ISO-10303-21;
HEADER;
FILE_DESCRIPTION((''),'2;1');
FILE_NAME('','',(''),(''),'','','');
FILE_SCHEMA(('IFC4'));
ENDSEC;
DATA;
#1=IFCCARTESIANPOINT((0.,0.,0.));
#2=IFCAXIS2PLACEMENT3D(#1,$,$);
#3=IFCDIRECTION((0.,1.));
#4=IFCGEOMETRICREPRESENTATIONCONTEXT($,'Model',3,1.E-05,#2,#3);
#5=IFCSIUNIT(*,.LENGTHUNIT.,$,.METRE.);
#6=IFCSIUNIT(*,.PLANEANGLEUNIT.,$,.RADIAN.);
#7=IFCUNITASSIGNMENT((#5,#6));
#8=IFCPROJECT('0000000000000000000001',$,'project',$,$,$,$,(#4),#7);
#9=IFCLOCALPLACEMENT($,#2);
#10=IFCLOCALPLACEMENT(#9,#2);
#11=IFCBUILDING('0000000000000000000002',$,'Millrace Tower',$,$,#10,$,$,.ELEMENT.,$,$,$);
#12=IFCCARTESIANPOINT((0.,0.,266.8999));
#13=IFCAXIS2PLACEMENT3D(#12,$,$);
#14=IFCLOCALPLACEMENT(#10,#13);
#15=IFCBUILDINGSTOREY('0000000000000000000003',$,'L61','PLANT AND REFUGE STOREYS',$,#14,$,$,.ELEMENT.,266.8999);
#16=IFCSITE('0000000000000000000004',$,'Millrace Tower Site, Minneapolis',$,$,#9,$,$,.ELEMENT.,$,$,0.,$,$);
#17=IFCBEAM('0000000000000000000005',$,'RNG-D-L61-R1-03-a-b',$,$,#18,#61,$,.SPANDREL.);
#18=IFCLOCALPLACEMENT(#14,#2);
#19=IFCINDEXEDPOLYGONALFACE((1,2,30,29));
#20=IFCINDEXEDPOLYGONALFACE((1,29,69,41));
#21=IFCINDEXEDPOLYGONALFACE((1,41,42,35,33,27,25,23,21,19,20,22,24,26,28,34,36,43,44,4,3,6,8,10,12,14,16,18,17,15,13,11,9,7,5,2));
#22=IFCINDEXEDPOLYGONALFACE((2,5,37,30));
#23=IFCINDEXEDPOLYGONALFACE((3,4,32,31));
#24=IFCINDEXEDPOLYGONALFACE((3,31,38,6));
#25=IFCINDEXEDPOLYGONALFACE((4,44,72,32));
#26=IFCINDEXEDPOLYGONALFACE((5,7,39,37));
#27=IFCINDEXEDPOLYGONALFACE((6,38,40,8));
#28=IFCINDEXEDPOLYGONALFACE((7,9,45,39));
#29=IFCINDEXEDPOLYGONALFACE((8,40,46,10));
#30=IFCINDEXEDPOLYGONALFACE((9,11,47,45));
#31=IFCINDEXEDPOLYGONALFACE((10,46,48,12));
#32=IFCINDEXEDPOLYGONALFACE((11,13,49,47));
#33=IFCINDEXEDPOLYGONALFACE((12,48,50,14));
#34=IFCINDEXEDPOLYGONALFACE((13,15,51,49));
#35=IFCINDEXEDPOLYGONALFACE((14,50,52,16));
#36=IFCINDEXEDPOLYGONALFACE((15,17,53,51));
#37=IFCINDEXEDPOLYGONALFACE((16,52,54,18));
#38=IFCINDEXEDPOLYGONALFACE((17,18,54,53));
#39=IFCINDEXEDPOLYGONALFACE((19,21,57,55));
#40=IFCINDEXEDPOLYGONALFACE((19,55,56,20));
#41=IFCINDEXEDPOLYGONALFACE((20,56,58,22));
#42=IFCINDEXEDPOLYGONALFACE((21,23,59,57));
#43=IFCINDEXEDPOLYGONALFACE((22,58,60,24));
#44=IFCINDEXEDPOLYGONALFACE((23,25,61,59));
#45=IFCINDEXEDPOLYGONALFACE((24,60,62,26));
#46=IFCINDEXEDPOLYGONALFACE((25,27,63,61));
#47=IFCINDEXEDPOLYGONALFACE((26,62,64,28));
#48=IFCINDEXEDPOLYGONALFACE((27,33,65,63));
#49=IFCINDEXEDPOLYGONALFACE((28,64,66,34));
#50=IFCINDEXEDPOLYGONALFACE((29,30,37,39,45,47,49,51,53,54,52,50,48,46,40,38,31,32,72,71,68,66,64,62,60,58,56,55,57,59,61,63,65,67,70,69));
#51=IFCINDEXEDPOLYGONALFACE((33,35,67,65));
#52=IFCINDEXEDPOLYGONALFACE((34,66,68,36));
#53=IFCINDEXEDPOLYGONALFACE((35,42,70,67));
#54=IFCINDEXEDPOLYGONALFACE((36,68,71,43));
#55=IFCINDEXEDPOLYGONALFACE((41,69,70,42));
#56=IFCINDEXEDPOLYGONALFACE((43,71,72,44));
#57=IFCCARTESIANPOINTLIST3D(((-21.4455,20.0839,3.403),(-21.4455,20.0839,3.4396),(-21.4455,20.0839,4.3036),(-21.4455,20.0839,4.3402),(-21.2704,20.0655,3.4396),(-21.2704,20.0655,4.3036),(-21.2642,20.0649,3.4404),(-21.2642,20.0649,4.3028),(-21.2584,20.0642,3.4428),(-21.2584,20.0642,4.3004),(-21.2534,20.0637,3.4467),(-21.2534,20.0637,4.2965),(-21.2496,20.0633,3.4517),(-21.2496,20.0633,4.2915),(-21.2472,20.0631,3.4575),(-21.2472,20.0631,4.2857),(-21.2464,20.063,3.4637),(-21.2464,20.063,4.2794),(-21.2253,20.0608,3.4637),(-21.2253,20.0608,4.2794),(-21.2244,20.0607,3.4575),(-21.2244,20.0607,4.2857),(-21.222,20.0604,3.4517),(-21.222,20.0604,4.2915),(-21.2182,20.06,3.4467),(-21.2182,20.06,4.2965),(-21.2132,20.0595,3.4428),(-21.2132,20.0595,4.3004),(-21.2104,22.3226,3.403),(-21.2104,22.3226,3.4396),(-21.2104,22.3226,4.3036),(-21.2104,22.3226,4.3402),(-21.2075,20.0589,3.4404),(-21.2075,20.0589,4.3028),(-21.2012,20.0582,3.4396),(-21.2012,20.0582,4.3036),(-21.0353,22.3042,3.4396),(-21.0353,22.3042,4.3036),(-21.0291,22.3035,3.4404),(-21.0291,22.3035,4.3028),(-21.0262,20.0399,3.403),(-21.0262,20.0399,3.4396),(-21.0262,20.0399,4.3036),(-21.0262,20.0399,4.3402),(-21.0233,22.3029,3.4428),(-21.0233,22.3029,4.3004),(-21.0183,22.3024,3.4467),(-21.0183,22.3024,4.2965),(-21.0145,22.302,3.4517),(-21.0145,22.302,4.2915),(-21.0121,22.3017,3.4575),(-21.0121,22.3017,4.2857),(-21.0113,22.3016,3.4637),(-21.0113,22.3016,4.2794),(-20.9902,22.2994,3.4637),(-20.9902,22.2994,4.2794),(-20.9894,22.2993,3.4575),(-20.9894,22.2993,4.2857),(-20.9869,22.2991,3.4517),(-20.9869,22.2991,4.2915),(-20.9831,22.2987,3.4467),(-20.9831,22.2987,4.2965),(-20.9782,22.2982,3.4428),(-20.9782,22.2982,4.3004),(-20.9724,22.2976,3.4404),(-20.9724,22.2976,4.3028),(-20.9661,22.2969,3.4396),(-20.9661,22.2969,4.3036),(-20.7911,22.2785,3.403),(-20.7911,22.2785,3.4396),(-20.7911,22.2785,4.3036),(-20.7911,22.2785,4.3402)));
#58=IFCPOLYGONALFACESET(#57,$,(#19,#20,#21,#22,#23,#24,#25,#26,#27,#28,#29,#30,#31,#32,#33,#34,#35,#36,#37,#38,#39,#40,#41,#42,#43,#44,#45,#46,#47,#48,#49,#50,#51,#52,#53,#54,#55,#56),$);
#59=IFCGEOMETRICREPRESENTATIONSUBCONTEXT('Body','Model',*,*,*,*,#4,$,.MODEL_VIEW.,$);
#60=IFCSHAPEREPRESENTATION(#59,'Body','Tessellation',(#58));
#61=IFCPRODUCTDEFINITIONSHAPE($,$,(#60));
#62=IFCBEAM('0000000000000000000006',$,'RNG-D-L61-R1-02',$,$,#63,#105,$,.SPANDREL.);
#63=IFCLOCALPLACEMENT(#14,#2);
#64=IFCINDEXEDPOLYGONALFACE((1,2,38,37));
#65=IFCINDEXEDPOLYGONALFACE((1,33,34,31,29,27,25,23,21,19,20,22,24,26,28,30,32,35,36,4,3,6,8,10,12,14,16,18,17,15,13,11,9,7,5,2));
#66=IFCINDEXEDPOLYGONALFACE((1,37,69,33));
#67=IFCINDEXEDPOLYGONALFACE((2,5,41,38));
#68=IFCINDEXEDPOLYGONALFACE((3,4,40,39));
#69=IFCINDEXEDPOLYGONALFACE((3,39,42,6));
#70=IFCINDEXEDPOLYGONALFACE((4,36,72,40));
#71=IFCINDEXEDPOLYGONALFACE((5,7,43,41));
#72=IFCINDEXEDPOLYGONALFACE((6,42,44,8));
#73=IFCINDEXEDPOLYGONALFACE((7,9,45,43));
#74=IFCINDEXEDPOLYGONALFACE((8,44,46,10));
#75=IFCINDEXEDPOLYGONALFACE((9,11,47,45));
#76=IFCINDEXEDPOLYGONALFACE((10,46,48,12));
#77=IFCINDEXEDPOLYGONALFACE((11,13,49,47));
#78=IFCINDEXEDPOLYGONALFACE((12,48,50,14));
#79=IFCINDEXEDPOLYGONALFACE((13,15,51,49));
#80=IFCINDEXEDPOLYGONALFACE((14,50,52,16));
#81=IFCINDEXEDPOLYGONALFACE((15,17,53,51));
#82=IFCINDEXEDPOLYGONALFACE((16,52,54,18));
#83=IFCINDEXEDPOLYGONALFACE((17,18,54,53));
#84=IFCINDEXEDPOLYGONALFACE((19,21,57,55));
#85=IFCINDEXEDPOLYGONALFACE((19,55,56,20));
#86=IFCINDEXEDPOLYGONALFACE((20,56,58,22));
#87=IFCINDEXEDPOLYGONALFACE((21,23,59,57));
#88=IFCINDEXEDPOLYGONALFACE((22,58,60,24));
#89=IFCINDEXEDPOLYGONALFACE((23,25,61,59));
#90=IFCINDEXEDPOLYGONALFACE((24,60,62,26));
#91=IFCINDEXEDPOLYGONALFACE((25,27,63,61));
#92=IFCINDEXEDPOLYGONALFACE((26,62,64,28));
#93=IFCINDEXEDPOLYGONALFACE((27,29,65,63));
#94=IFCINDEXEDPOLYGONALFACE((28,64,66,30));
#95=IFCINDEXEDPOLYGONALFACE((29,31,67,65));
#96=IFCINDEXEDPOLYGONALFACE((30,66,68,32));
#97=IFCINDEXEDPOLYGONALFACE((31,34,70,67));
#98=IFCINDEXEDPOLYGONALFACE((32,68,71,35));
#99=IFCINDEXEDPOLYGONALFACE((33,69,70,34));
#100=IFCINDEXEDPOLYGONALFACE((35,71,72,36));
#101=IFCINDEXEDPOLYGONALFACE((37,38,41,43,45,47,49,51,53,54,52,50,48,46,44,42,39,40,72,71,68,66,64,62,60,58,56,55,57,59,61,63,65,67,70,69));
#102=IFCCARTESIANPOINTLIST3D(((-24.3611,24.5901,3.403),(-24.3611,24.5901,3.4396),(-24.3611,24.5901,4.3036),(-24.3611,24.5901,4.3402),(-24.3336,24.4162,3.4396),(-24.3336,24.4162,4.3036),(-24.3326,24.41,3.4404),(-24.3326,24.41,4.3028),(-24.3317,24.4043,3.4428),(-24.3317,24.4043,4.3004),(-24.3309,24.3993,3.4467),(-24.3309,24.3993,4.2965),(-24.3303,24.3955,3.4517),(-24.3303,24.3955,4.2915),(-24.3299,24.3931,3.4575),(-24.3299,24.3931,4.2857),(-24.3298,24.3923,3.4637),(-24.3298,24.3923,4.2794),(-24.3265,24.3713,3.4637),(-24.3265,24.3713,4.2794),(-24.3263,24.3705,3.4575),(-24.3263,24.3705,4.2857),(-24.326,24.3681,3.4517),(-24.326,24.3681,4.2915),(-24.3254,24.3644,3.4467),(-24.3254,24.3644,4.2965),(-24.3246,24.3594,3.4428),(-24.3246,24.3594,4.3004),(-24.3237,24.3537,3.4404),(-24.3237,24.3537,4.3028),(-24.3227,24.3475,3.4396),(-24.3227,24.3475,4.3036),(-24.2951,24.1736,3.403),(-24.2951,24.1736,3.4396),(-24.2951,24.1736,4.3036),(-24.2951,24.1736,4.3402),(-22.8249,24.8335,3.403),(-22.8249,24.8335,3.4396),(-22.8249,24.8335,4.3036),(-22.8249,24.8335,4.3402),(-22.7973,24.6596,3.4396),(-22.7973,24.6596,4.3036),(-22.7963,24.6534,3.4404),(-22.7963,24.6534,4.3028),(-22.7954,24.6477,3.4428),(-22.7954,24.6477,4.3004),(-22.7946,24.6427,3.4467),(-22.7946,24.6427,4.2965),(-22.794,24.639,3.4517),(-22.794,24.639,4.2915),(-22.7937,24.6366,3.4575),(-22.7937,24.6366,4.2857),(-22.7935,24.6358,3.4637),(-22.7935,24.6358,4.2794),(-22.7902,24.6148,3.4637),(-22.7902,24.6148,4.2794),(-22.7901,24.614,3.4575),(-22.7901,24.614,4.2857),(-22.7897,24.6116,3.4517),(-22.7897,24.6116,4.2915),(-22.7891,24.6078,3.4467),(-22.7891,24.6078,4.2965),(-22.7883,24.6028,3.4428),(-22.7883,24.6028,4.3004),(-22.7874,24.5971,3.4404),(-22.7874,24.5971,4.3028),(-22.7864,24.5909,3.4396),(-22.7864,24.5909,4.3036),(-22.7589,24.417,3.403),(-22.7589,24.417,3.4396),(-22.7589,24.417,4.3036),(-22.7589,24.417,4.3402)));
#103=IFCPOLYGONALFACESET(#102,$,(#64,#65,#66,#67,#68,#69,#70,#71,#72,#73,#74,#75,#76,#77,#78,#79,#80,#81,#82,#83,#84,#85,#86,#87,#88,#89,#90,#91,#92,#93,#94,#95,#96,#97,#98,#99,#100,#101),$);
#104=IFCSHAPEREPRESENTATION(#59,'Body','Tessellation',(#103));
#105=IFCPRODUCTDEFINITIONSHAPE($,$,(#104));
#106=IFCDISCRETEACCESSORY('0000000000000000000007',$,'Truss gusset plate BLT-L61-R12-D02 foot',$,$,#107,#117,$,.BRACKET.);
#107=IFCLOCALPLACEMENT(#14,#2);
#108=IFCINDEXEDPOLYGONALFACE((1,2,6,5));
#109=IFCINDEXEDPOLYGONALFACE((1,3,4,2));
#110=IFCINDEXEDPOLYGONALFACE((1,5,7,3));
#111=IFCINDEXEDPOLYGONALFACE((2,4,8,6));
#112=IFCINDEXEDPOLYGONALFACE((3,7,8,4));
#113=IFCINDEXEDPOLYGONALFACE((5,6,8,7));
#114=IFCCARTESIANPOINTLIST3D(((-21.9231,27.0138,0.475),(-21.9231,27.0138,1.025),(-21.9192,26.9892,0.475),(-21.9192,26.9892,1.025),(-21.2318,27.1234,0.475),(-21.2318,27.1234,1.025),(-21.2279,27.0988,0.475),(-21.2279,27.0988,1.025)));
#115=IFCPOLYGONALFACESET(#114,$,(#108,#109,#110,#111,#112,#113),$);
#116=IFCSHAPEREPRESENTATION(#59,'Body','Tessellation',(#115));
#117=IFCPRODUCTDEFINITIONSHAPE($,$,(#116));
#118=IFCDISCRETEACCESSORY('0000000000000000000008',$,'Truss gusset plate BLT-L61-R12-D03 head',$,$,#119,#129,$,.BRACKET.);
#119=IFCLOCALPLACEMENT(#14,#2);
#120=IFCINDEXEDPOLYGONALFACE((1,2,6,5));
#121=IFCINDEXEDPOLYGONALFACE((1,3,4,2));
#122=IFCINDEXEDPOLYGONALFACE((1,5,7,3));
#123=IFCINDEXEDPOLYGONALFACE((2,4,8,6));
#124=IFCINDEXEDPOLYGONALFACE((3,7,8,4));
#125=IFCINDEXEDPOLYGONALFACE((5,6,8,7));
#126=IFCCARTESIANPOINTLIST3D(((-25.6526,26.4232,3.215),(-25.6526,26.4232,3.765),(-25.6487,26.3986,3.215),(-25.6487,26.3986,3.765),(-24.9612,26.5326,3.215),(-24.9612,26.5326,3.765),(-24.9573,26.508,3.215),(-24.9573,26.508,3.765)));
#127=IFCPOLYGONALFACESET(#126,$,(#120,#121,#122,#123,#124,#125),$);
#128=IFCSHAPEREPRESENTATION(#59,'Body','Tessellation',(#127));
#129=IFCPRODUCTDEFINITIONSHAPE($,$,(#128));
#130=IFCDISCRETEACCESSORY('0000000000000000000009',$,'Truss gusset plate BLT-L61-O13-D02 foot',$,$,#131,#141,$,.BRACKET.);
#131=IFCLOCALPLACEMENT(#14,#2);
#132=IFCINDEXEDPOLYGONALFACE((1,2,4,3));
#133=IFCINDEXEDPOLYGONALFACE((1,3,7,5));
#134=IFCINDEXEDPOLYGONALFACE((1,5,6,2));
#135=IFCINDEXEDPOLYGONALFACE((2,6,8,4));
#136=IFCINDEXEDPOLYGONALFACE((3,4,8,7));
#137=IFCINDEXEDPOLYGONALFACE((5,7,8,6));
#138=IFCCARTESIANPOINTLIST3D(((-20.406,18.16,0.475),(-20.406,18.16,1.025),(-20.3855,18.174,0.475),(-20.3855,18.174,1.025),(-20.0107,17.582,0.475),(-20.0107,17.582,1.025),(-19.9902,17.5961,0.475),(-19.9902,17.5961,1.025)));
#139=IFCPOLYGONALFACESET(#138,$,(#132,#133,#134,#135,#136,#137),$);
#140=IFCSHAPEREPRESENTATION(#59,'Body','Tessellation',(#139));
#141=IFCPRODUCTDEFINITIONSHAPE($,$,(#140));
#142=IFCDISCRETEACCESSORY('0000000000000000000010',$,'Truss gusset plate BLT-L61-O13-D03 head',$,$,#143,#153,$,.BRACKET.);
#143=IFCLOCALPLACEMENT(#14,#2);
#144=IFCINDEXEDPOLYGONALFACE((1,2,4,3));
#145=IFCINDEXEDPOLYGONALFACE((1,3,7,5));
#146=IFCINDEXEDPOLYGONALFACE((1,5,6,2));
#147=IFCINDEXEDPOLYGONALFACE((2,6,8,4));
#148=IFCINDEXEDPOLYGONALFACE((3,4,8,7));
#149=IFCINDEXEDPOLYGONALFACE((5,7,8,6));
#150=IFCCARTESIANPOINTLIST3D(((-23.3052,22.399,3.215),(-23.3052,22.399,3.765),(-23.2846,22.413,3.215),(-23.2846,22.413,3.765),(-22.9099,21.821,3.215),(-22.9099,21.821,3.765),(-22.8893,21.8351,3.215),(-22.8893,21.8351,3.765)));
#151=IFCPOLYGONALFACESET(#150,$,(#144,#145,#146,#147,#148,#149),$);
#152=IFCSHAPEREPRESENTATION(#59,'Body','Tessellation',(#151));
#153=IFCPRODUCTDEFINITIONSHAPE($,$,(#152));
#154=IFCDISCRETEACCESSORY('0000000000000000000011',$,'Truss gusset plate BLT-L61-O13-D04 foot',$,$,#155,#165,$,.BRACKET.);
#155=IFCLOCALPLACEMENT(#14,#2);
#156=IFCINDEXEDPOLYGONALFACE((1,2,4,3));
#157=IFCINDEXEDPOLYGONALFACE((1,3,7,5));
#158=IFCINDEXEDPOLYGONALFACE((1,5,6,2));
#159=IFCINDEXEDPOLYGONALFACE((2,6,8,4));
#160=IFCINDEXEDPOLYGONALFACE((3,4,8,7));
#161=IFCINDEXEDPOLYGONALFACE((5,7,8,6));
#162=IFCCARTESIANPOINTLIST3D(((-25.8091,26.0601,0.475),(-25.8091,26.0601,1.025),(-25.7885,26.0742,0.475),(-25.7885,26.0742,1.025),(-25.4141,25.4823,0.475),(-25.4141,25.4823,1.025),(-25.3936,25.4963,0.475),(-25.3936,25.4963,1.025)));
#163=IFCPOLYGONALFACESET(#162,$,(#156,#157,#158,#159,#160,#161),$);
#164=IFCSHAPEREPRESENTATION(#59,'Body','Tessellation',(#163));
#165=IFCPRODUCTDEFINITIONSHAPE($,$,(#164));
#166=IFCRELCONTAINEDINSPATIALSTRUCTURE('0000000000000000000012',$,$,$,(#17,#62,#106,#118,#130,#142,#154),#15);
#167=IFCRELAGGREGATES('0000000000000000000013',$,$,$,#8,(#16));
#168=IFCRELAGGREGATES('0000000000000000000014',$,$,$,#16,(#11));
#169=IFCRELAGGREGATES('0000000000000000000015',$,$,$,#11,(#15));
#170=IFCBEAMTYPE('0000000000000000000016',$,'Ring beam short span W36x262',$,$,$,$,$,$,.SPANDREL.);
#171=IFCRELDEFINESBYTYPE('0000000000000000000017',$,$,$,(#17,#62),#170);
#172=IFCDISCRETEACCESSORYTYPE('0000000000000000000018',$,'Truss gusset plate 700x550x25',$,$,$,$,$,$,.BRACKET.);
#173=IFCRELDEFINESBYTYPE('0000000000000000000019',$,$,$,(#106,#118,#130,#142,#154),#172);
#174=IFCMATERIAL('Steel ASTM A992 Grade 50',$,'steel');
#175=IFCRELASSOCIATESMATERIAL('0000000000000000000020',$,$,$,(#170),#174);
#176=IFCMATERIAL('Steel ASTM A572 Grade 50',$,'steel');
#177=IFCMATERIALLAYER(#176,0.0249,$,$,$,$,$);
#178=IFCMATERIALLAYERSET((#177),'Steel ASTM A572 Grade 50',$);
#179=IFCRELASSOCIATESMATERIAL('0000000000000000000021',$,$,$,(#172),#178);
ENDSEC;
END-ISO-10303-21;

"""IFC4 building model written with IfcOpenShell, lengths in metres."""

from ifc_helpers import new_model, si_unit, direction, frame, origin, origin_2d, place, context, subcontext, project, spatial, rectangle, i_section, extrude, material, layer, layer_set, material_profile, profile_set, type_object, element, save


model = new_model("IFC4")

# Units and contexts
model_context = context("Model", 3, precision=1e-05, world=origin(), true_north=direction((0.0, 1.0)))
body_context = subcontext(model_context, "Body", "Model", "MODEL_VIEW")
ifc_project = project(units=[si_unit("LENGTHUNIT", "METRE"), si_unit("PLANEANGLEUNIT", "RADIAN")], contexts=[model_context])

# Site, building, storey
site_placement = place(None, origin())
site = spatial("IfcSite", under=ifc_project, at=site_placement, Name="Millrace Tower Site, Minneapolis", CompositionType="ELEMENT", RefElevation=0.0)
building_placement = place(site_placement, origin())
building = spatial("IfcBuilding", under=site, at=building_placement, Name="Millrace Tower", CompositionType="ELEMENT")
storey_placement = place(building_placement, frame((0.0, 0.0, 266.8999)))
storey = spatial("IfcBuildingStorey", under=building, at=storey_placement, Name="L61", Description="PLANT AND REFUGE STOREYS", CompositionType="ELEMENT", Elevation=266.8999)

# Beams
ifc_material_1 = material(Name="Steel ASTM A992 Grade 50", Category="steel")
ifc_material_profile_1 = material_profile(ifc_material_1, i_section(OverallWidth=0.4216, OverallDepth=0.9373, WebThickness=0.0212, FlangeThickness=0.0366, FilletRadius=0.0242, at=origin_2d()))
ifc_profile_set_1 = profile_set([ifc_material_profile_1], Name="Steel ASTM A992 Grade 50")
beam_type_1 = type_object("IfcBeamType", Name="Ring beam short span W36x262", PredefinedType="SPANDREL", material=ifc_profile_set_1)
beam_1_placement = place(storey_placement, frame((-21.0007, 22.3005, 3.8716), z_axis=(-0.104442, -0.994531, 0.0), x_axis=(0.994531, -0.104442, 0.0)))
element("IfcBeam", 1, at=beam_1_placement, inside=storey, type_object=beam_type_1, Name="RNG-D-L61-R1-03-a-b", PredefinedType="SPANDREL", context=body_context, shape_type="SweptSolid", body=[
    extrude(i_section(OverallWidth=0.4216, OverallDepth=0.9373, WebThickness=0.0212, FlangeThickness=0.0366, FilletRadius=0.0242, at=origin_2d()), origin(), (0.0, 0.0, 1.0), 2.251),
])
beam_2_placement = place(storey_placement, frame((-24.3281, 24.3818, 3.8716), z_axis=(0.987678, 0.156503, 0.0), x_axis=(-0.156503, 0.987678, 0.0)))
element("IfcBeam", 2, at=beam_2_placement, inside=storey, type_object=beam_type_1, Name="RNG-D-L61-R1-02", PredefinedType="SPANDREL", context=body_context, shape_type="SweptSolid", body=[
    extrude(i_section(OverallWidth=0.4216, OverallDepth=0.9373, WebThickness=0.0212, FlangeThickness=0.0366, FilletRadius=0.0242, at=origin_2d()), origin(), (0.0, 0.0, 1.0), 1.5554),
])

# Discrete accessories
ifc_material_2 = material(Name="Steel ASTM A572 Grade 50", Category="steel")
ifc_layer_1 = layer(ifc_material_2, 0.0249)
ifc_layer_set_1 = layer_set([ifc_layer_1], Name="Steel ASTM A572 Grade 50")
discrete_accessory_type = type_object("IfcDiscreteAccessoryType", Name="Truss gusset plate 700x550x25", PredefinedType="BRACKET", material=ifc_layer_set_1)
for number, where, z_axis, x_axis, name in (
    (3, (-21.9211, 27.0015, 0.75), (0.987664, 0.156589, 0.0), (-0.156589, 0.987664, 0.0), "Truss gusset plate BLT-L61-R12-D02 foot"),
    (4, (-25.6506, 26.4109, 3.49), (0.987718, 0.156249, 0.0), (-0.156249, 0.987718, 0.0), "Truss gusset plate BLT-L61-R12-D03 head"),
):
    element("IfcDiscreteAccessory", number, at=place(storey_placement, frame(where, z_axis=z_axis, x_axis=x_axis)), inside=storey, type_object=discrete_accessory_type, Name=name, PredefinedType="BRACKET", context=body_context, shape_type="SweptSolid", body=[
        extrude(rectangle(XDim=0.0249, YDim=0.55, at=origin_2d()), origin(), (0.0, 0.0, 1.0), 0.7),
    ])
for number, where, z_axis, x_axis, name in (
    (5, (-20.3958, 18.167, 0.75), (0.564559, -0.825393, 0.0), (0.825393, 0.564559, 0.0), "Truss gusset plate BLT-L61-O13-D02 foot"),
    (6, (-23.2949, 22.406, 3.49), (0.564559, -0.825393, 0.0), (0.825393, 0.564559, 0.0), "Truss gusset plate BLT-L61-O13-D03 head"),
):
    element("IfcDiscreteAccessory", number, at=place(storey_placement, frame(where, z_axis=z_axis, x_axis=x_axis)), inside=storey, type_object=discrete_accessory_type, Name=name, PredefinedType="BRACKET", context=body_context, shape_type="SweptSolid", body=[
        extrude(rectangle(XDim=0.0249, YDim=0.55, at=origin_2d()), origin(), (0.0, 0.0, 1.0), 0.7002),
    ])
discrete_accessory_placement = place(storey_placement, frame((-25.7988, 26.0671, 0.75), z_axis=(0.564321, -0.825555, 0.0), x_axis=(0.825555, 0.564321, 0.0)))
element("IfcDiscreteAccessory", 7, at=discrete_accessory_placement, inside=storey, type_object=discrete_accessory_type, Name="Truss gusset plate BLT-L61-O13-D04 foot", PredefinedType="BRACKET", context=body_context, shape_type="SweptSolid", body=[
    extrude(rectangle(XDim=0.0249, YDim=0.55, at=origin_2d()), origin(), (0.0, 0.0, 1.0), 0.7),
])

save(model, "model.ifc")
